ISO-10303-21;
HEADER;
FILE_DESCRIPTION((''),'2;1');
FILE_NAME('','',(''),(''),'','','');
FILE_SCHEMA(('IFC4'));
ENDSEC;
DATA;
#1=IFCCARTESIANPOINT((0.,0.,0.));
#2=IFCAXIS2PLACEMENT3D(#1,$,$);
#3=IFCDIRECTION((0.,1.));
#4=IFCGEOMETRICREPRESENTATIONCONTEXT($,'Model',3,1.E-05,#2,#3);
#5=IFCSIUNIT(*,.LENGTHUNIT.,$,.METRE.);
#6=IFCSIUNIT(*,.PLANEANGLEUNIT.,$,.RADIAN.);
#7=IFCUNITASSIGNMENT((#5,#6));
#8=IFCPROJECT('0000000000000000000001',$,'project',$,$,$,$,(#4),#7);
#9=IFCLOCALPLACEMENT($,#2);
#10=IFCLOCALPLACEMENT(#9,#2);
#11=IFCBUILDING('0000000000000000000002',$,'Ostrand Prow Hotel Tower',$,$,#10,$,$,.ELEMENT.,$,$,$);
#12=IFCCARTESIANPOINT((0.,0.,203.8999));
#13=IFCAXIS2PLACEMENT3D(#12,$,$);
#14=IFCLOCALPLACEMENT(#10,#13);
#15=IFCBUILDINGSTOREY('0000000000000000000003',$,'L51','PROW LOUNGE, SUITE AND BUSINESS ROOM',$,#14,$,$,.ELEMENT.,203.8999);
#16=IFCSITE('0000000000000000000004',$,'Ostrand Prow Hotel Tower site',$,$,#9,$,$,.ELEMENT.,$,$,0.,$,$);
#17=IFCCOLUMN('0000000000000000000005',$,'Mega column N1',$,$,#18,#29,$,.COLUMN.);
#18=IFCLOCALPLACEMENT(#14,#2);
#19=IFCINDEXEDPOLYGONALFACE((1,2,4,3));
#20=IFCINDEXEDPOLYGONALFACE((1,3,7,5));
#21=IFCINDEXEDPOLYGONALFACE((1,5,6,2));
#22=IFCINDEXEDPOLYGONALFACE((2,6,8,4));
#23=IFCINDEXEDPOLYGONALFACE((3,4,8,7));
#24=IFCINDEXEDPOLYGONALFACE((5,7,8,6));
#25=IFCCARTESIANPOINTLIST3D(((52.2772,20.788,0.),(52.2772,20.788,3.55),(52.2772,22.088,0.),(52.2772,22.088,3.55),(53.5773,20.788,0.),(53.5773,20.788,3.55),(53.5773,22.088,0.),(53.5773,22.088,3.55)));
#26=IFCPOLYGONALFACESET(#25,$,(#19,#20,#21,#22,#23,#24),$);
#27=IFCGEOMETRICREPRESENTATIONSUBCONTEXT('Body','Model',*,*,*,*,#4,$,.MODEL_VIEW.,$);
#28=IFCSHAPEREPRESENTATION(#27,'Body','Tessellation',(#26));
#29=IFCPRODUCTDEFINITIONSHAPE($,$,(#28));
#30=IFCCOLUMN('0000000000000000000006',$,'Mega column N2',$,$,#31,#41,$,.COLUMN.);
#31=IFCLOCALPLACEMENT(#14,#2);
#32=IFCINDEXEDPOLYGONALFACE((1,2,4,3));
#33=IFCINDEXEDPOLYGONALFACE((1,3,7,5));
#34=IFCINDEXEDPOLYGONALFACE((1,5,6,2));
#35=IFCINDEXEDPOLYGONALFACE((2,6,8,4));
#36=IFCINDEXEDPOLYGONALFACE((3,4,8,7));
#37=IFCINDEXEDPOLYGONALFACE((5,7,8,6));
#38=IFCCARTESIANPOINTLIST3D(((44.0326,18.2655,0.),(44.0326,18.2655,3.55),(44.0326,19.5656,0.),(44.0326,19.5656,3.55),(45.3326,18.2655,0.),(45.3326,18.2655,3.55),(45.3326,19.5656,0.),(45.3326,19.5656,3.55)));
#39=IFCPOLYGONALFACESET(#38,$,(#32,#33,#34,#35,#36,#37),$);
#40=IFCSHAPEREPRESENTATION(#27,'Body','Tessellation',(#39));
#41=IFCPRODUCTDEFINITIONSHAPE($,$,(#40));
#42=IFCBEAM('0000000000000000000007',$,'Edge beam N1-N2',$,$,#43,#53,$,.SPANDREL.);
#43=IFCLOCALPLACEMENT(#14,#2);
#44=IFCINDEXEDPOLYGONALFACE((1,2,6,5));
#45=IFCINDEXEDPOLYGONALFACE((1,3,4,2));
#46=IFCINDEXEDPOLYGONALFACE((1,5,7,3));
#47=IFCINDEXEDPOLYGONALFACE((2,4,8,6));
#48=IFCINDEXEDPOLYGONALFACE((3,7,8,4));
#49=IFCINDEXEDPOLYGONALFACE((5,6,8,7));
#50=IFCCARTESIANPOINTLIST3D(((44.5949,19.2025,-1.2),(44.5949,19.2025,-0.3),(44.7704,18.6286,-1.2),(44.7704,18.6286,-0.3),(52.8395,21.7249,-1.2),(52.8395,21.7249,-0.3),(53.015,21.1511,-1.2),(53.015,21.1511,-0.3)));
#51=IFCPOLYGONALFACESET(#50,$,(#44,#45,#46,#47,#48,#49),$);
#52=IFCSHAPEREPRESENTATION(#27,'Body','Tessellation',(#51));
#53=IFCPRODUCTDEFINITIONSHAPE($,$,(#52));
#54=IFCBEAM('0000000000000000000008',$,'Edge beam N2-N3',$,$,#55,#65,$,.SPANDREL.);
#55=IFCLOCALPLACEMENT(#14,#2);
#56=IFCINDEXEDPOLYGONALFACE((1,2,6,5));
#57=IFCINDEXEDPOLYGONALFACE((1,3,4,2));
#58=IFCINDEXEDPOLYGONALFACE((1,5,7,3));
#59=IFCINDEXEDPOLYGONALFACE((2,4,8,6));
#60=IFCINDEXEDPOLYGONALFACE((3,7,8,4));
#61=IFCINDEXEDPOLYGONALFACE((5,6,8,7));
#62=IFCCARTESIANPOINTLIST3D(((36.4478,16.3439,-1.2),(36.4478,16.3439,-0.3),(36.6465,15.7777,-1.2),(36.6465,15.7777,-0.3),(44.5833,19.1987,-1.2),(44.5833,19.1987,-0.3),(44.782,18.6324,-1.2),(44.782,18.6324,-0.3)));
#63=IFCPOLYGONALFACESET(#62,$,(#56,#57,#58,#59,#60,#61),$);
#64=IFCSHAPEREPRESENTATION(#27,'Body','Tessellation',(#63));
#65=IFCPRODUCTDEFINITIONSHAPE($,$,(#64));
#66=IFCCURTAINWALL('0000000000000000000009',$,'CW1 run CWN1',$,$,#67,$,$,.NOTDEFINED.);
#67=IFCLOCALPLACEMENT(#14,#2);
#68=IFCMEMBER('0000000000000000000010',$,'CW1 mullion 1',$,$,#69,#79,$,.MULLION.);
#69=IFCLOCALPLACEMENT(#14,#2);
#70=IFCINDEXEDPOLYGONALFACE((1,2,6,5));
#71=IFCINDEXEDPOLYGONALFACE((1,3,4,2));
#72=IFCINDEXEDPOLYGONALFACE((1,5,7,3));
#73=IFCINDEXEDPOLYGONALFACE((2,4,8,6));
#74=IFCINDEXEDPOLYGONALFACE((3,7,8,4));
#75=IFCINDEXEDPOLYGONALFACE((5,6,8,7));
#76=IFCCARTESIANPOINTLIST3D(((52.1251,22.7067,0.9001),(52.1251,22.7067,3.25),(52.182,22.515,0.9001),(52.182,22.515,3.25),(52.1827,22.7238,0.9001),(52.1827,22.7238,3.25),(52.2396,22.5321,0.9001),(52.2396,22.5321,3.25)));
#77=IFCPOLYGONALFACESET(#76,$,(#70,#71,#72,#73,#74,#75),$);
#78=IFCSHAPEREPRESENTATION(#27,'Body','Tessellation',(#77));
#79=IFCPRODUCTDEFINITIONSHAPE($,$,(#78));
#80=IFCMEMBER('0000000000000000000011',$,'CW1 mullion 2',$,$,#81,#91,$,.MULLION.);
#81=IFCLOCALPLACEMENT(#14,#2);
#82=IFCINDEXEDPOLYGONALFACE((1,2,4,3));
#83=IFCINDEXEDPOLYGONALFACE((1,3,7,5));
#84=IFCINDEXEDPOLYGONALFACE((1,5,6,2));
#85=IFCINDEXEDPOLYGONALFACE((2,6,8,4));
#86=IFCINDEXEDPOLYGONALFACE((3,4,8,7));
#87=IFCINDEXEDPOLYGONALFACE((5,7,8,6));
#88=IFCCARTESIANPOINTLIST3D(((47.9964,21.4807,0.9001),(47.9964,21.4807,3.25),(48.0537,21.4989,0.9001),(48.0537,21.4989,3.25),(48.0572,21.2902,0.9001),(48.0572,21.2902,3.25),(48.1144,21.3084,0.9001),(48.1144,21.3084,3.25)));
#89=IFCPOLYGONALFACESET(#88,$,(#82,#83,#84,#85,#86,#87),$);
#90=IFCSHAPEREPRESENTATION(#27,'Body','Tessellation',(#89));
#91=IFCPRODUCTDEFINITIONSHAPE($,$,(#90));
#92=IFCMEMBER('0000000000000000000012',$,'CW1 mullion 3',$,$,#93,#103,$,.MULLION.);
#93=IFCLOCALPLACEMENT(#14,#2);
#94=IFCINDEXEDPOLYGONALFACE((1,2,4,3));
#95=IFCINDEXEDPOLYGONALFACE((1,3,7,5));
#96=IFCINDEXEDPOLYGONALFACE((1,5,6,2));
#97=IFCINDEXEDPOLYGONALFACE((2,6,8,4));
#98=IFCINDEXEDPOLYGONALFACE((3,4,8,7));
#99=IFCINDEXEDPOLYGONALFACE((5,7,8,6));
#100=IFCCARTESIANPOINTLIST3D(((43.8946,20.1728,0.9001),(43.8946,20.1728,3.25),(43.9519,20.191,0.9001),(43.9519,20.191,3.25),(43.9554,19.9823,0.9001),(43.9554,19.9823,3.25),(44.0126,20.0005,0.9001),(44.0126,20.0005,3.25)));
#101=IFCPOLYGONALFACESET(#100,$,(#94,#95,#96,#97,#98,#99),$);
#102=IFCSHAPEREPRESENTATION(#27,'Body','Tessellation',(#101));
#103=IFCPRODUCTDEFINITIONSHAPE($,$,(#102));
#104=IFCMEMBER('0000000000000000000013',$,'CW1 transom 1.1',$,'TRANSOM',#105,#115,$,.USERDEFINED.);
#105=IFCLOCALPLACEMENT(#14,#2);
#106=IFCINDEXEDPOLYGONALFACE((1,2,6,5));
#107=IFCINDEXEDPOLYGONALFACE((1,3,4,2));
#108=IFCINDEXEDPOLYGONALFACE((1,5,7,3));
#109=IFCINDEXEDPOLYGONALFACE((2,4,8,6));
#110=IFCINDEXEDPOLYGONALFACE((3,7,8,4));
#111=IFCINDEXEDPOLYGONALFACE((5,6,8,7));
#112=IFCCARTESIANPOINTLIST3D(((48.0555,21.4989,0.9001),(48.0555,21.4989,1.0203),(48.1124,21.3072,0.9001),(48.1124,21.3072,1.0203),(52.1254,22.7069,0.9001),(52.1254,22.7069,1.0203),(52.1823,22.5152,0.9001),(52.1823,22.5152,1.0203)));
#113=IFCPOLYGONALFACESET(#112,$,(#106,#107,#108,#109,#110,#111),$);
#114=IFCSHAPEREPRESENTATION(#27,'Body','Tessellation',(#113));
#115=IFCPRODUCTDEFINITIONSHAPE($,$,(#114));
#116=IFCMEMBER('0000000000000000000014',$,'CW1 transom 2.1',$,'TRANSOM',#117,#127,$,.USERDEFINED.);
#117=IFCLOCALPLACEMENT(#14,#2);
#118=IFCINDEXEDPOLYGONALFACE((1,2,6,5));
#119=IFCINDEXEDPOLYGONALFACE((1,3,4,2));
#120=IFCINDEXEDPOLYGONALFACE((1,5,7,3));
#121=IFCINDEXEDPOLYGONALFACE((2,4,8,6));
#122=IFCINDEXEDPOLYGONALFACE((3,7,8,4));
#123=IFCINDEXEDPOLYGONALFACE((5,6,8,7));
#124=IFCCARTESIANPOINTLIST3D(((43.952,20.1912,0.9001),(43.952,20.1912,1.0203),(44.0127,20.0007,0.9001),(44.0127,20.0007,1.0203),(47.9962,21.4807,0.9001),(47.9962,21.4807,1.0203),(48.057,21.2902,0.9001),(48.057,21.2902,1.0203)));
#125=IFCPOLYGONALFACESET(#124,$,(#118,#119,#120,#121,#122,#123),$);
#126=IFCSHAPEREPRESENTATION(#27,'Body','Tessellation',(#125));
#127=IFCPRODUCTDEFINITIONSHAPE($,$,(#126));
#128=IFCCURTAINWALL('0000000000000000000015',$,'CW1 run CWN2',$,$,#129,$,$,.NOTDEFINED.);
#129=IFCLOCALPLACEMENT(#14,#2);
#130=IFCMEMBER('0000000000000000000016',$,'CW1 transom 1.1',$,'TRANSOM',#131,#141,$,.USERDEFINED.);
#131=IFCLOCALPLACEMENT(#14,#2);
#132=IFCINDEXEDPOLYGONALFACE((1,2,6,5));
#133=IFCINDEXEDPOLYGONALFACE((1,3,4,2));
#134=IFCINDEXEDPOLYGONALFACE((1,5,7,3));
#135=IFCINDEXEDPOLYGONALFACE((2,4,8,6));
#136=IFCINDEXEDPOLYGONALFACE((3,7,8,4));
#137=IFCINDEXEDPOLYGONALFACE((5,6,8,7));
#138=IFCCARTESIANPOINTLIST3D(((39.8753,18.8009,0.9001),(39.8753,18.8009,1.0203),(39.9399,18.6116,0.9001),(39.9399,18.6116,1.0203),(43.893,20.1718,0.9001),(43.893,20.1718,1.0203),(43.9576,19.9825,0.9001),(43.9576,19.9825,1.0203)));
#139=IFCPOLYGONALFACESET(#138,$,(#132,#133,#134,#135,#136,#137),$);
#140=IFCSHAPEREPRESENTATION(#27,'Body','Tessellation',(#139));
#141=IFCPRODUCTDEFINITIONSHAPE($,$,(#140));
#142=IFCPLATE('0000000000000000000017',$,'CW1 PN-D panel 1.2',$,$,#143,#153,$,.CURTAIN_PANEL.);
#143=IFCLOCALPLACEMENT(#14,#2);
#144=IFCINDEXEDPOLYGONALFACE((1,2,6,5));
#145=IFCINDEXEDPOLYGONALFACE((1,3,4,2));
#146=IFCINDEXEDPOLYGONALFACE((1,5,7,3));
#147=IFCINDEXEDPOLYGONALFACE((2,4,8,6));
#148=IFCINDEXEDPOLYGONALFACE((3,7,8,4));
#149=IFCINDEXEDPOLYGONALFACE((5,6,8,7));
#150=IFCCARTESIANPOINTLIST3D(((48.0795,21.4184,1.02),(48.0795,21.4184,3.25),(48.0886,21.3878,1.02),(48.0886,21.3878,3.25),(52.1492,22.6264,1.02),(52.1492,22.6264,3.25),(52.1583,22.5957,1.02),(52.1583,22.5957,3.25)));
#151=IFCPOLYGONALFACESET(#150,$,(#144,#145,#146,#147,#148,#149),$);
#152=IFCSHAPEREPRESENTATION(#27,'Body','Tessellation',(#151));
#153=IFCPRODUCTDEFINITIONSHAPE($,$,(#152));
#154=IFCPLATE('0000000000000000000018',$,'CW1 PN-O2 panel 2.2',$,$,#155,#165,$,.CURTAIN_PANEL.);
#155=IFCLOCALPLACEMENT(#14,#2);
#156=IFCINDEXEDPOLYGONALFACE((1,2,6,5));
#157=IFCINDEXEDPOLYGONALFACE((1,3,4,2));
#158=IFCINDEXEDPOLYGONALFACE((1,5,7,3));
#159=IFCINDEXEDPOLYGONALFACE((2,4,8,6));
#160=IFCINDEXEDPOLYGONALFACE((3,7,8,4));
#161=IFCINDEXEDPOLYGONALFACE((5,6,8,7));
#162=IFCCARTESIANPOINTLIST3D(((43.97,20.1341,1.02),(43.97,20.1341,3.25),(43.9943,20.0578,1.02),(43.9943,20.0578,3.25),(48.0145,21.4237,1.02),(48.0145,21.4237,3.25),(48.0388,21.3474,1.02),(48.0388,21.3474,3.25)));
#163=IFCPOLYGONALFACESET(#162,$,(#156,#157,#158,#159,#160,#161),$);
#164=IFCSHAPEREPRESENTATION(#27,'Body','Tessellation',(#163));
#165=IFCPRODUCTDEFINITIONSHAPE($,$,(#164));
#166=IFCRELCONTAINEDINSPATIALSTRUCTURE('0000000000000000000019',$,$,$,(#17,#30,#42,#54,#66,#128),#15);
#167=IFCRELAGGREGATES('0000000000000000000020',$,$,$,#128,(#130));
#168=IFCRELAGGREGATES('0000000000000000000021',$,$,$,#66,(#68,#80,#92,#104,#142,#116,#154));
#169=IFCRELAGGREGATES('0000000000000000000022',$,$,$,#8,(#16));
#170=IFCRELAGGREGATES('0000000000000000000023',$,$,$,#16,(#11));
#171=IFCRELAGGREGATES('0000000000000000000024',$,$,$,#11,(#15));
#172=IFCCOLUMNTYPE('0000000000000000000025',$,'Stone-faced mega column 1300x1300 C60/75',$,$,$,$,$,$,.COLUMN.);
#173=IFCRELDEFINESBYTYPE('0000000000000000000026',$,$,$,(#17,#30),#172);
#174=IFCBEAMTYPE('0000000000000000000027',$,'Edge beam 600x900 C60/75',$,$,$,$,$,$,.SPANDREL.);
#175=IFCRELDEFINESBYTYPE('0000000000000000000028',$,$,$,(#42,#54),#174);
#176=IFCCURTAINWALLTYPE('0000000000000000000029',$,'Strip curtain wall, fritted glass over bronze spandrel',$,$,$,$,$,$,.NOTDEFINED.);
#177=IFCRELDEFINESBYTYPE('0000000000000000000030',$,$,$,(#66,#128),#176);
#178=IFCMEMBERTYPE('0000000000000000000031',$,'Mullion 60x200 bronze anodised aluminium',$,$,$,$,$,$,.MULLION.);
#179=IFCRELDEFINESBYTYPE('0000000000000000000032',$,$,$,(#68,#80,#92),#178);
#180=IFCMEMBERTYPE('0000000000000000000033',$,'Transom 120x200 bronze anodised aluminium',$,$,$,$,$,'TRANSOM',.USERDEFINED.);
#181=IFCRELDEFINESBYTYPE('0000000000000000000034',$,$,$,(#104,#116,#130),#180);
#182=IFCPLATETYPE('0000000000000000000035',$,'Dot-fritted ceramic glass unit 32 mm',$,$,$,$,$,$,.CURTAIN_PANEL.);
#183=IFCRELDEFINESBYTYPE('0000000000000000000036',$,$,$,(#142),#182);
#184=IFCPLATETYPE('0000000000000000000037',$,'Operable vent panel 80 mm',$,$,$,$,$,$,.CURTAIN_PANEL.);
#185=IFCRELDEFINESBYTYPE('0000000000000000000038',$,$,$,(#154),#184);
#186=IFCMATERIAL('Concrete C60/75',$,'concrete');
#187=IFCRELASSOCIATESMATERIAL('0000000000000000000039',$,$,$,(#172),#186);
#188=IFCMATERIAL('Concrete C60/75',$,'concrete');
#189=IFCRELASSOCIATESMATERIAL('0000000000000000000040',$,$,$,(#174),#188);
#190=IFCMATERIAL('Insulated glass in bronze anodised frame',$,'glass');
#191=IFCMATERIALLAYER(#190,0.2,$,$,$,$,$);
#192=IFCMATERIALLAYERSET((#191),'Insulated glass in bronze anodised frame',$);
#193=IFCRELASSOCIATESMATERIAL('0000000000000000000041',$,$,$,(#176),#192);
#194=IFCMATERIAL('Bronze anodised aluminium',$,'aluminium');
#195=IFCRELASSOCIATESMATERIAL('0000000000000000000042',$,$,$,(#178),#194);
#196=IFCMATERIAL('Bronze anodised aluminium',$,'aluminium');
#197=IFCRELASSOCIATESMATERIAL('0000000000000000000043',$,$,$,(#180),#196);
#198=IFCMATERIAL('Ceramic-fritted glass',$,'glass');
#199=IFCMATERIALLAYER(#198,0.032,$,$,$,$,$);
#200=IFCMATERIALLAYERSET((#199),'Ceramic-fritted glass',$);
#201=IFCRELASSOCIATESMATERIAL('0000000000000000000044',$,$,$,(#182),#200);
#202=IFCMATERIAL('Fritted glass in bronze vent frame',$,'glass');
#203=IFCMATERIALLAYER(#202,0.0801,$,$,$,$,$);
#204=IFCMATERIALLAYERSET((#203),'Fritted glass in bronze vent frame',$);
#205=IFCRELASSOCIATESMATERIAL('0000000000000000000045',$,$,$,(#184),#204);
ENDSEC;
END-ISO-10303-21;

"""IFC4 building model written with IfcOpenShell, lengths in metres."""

from ifc_helpers import new_model, si_unit, direction, frame, origin, origin_2d, place, context, subcontext, project, spatial, rectangle, extrude, material, layer, layer_set, material_profile, profile_set, type_object, element, aggregate, save


model = new_model("IFC4")

# Units and contexts
model_context = context("Model", 3, precision=1e-05, world=origin(), true_north=direction((0.0, 1.0)))
body_context = subcontext(model_context, "Body", "Model", "MODEL_VIEW")
ifc_project = project(units=[si_unit("LENGTHUNIT", "METRE"), si_unit("PLANEANGLEUNIT", "RADIAN")], contexts=[model_context])

# Site, building, storey
site_placement = place(None, origin())
site = spatial("IfcSite", under=ifc_project, at=site_placement, Name="Ostrand Prow Hotel Tower site", CompositionType="ELEMENT", RefElevation=0.0)
building_placement = place(site_placement, origin())
building = spatial("IfcBuilding", under=site, at=building_placement, Name="Ostrand Prow Hotel Tower", CompositionType="ELEMENT")
storey_placement = place(building_placement, frame((0.0, 0.0, 203.8999)))
storey = spatial("IfcBuildingStorey", under=building, at=storey_placement, Name="L51", Description="PROW LOUNGE, SUITE AND BUSINESS ROOM", CompositionType="ELEMENT", Elevation=203.8999)

# Columns
ifc_material_1 = material(Name="Concrete C60/75", Category="concrete")
ifc_material_profile_1 = material_profile(ifc_material_1, rectangle(XDim=1.3, YDim=1.3, at=origin_2d()), Name="RC 1300x1300")
ifc_profile_set_1 = profile_set([ifc_material_profile_1], Name="Concrete C60/75")
column_type = type_object("IfcColumnType", Name="Stone-faced mega column 1300x1300 C60/75", PredefinedType="COLUMN", material=ifc_profile_set_1)
for number, where, z_axis, x_axis, name in (
    (1, (52.9272, 21.438, 0.0), (0.0, 0.0, 1.0), (1.0, 0.0, 0.0), "Mega column N1"),
    (2, (44.6826, 18.9155, 0.0), (0.0, 0.0, 1.0), (1.0, 0.0, 0.0), "Mega column N2"),
):
    element("IfcColumn", number, at=place(storey_placement, frame(where, z_axis=z_axis, x_axis=x_axis)), inside=storey, type_object=column_type, Name=name, PredefinedType="COLUMN", context=body_context, shape_type="SweptSolid", body=[
        extrude(rectangle(XDim=1.3, YDim=1.3, at=origin_2d()), origin(), (0.0, 0.0, 1.0), 3.55),
    ])

# Beams
ifc_material_2 = material(Name="Concrete C60/75", Category="concrete")
ifc_material_profile_2 = material_profile(ifc_material_2, rectangle(XDim=0.6001, YDim=0.8999, at=origin_2d()), Name="RC 600x900")
ifc_profile_set_2 = profile_set([ifc_material_profile_2], Name="Concrete C60/75")
beam_type = type_object("IfcBeamType", Name="Edge beam 600x900 C60/75", PredefinedType="SPANDREL", material=ifc_profile_set_2)
for number, where, z_axis, x_axis, name in (
    (3, (52.9272, 21.438, -0.75), (-0.956246, -0.292565, 0.0), (0.292565, -0.956246, 0.0), "Edge beam N1-N2"),
    (4, (44.6826, 18.9155, -0.75), (-0.943594, -0.331106, 0.0), (0.331106, -0.943594, 0.0), "Edge beam N2-N3"),
):
    element("IfcBeam", number, at=place(storey_placement, frame(where, z_axis=z_axis, x_axis=x_axis)), inside=storey, type_object=beam_type, Name=name, PredefinedType="SPANDREL", context=body_context, shape_type="SweptSolid", body=[
        extrude(rectangle(XDim=0.6001, YDim=0.8999, at=origin_2d()), origin(), (0.0, 0.0, 1.0), 8.6218),
    ])

# Curtain wall, members
ifc_material_3 = material(Name="Insulated glass in bronze anodised frame", Category="glass")
ifc_layer_1 = layer(ifc_material_3, 0.2)
ifc_layer_set_1 = layer_set([ifc_layer_1], Name="Insulated glass in bronze anodised frame")
curtain_wall_type = type_object("IfcCurtainWallType", Name="Strip curtain wall, fritted glass over bronze spandrel", PredefinedType="NOTDEFINED", material=ifc_layer_set_1)
curtain_wall_1_placement = place(storey_placement, origin())
curtain_wall_1 = element("IfcCurtainWall", 5, at=curtain_wall_1_placement, inside=storey, type_object=curtain_wall_type, Name="CW1 run CWN1", PredefinedType="NOTDEFINED")
ifc_material_4 = material(Name="Bronze anodised aluminium", Category="aluminium")
ifc_material_profile_3 = material_profile(ifc_material_4, rectangle(XDim=0.2, YDim=0.0601, at=origin_2d()), Name="Mullion 60x200 bronze anodised aluminium")
ifc_profile_set_3 = profile_set([ifc_material_profile_3], Name="Bronze anodised aluminium")
member_type_1 = type_object("IfcMemberType", Name="Mullion 60x200 bronze anodised aluminium", PredefinedType="MULLION", material=ifc_profile_set_3)
member_1_placement = place(storey_placement, frame((52.1824, 22.6194, 0.9001), z_axis=(0.0, 0.0, 1.0), x_axis=(0.284544, -0.958663, 0.0)))
member_1 = element("IfcMember", 6, at=member_1_placement, type_object=member_type_1, Name="CW1 mullion 1", PredefinedType="MULLION", context=body_context, shape_type="SweptSolid", body=[
    extrude(rectangle(XDim=0.2, YDim=0.0601, at=origin_2d()), origin(), (0.0, 0.0, 1.0), 2.3499),
])
member_2_placement = place(storey_placement, frame((48.0554, 21.3945, 0.9001), z_axis=(0.0, 0.0, 1.0), x_axis=(0.303787, -0.95274, 0.0)))
member_2 = element("IfcMember", 7, at=member_2_placement, type_object=member_type_1, Name="CW1 mullion 2", PredefinedType="MULLION", context=body_context, shape_type="SweptSolid", body=[
    extrude(rectangle(XDim=0.2, YDim=0.0601, at=origin_2d()), origin(), (0.0, 0.0, 1.0), 2.3499),
])
member_3_placement = place(storey_placement, frame((43.9536, 20.0867, 0.9001), z_axis=(0.0, 0.0, 1.0), x_axis=(0.303787, -0.95274, 0.0)))
member_3 = element("IfcMember", 8, at=member_3_placement, type_object=member_type_1, Name="CW1 mullion 3", PredefinedType="MULLION", context=body_context, shape_type="SweptSolid", body=[
    extrude(rectangle(XDim=0.2, YDim=0.0601, at=origin_2d()), origin(), (0.0, 0.0, 1.0), 2.3499),
])
ifc_material_5 = material(Name="Bronze anodised aluminium", Category="aluminium")
ifc_material_profile_4 = material_profile(ifc_material_5, rectangle(XDim=0.2, YDim=0.1201, at=origin_2d()), Name="Transom 120x200 bronze anodised aluminium")
ifc_profile_set_4 = profile_set([ifc_material_profile_4], Name="Bronze anodised aluminium")
member_type_2 = type_object("IfcMemberType", Name="Transom 120x200 bronze anodised aluminium", ElementType="TRANSOM", PredefinedType="USERDEFINED", material=ifc_profile_set_4)
member_4_placement = place(storey_placement, frame((52.1538, 22.6111, 0.9602), z_axis=(-0.958661, -0.28455, 0.0), x_axis=(0.28455, -0.958661, 0.0)))
member_4 = element("IfcMember", 9, at=member_4_placement, type_object=member_type_2, Name="CW1 transom 1.1", ObjectType="TRANSOM", PredefinedType="USERDEFINED", context=body_context, shape_type="SweptSolid", body=[
    extrude(rectangle(XDim=0.2, YDim=0.1201, at=origin_2d()), origin(), (0.0, 0.0, 1.0), 4.2454),
])
member_5_placement = place(storey_placement, frame((48.0266, 21.3855, 0.9602), z_axis=(-0.952738, -0.303795, 0.0), x_axis=(0.303795, -0.952738, 0.0)))
member_5 = element("IfcMember", 10, at=member_5_placement, type_object=member_type_2, Name="CW1 transom 2.1", ObjectType="TRANSOM", PredefinedType="USERDEFINED", context=body_context, shape_type="SweptSolid", body=[
    extrude(rectangle(XDim=0.2, YDim=0.1201, at=origin_2d()), origin(), (0.0, 0.0, 1.0), 4.2449),
])

# Curtain wall, member
curtain_wall_2_placement = place(storey_placement, origin())
curtain_wall_2 = element("IfcCurtainWall", 11, at=curtain_wall_2_placement, inside=storey, type_object=curtain_wall_type, Name="CW1 run CWN2", PredefinedType="NOTDEFINED")
member_6_placement = place(storey_placement, frame((43.9253, 20.0771, 0.9602), z_axis=(-0.946422, -0.322932, 0.0), x_axis=(0.322932, -0.946422, 0.0)))
member_6 = element("IfcMember", 12, at=member_6_placement, type_object=member_type_2, Name="CW1 transom 1.1", ObjectType="TRANSOM", PredefinedType="USERDEFINED", context=body_context, shape_type="SweptSolid", body=[
    extrude(rectangle(XDim=0.2, YDim=0.1201, at=origin_2d()), origin(), (0.0, 0.0, 1.0), 4.2451),
])
aggregate(curtain_wall_2, [member_6])

# Plates
ifc_material_6 = material(Name="Ceramic-fritted glass", Category="glass")
ifc_layer_2 = layer(ifc_material_6, 0.032)
ifc_layer_set_2 = layer_set([ifc_layer_2], Name="Ceramic-fritted glass")
plate_type_1 = type_object("IfcPlateType", Name="Dot-fritted ceramic glass unit 32 mm", PredefinedType="CURTAIN_PANEL", material=ifc_layer_set_2)
plate_1_placement = place(storey_placement, frame((50.1189, 22.0071, 1.02), z_axis=(0.0, 0.0, 1.0), x_axis=(-0.958663, -0.284544, 0.0)))
plate_1 = element("IfcPlate", 13, at=plate_1_placement, type_object=plate_type_1, Name="CW1 PN-D panel 1.2", PredefinedType="CURTAIN_PANEL", context=body_context, shape_type="SweptSolid", body=[
    extrude(rectangle(XDim=4.2451, YDim=0.032, at=origin_2d()), origin(), (0.0, 0.0, 1.0), 2.23),
])
ifc_material_7 = material(Name="Fritted glass in bronze vent frame", Category="glass")
ifc_layer_3 = layer(ifc_material_7, 0.0801)
ifc_layer_set_3 = layer_set([ifc_layer_3], Name="Fritted glass in bronze vent frame")
plate_type_2 = type_object("IfcPlateType", Name="Operable vent panel 80 mm", PredefinedType="CURTAIN_PANEL", material=ifc_layer_set_3)
plate_2_placement = place(storey_placement, frame((46.0044, 20.7407, 1.02), z_axis=(0.0, 0.0, 1.0), x_axis=(-0.95274, -0.303787, 0.0)))
plate_2 = element("IfcPlate", 14, at=plate_2_placement, type_object=plate_type_2, Name="CW1 PN-O2 panel 2.2", PredefinedType="CURTAIN_PANEL", context=body_context, shape_type="SweptSolid", body=[
    extrude(rectangle(XDim=4.2451, YDim=0.0801, at=origin_2d()), origin(), (0.0, 0.0, 1.0), 2.23),
])
aggregate(curtain_wall_1, [member_1, member_2, member_3, member_4, plate_1, member_5, plate_2])

save(model, "model.ifc")
